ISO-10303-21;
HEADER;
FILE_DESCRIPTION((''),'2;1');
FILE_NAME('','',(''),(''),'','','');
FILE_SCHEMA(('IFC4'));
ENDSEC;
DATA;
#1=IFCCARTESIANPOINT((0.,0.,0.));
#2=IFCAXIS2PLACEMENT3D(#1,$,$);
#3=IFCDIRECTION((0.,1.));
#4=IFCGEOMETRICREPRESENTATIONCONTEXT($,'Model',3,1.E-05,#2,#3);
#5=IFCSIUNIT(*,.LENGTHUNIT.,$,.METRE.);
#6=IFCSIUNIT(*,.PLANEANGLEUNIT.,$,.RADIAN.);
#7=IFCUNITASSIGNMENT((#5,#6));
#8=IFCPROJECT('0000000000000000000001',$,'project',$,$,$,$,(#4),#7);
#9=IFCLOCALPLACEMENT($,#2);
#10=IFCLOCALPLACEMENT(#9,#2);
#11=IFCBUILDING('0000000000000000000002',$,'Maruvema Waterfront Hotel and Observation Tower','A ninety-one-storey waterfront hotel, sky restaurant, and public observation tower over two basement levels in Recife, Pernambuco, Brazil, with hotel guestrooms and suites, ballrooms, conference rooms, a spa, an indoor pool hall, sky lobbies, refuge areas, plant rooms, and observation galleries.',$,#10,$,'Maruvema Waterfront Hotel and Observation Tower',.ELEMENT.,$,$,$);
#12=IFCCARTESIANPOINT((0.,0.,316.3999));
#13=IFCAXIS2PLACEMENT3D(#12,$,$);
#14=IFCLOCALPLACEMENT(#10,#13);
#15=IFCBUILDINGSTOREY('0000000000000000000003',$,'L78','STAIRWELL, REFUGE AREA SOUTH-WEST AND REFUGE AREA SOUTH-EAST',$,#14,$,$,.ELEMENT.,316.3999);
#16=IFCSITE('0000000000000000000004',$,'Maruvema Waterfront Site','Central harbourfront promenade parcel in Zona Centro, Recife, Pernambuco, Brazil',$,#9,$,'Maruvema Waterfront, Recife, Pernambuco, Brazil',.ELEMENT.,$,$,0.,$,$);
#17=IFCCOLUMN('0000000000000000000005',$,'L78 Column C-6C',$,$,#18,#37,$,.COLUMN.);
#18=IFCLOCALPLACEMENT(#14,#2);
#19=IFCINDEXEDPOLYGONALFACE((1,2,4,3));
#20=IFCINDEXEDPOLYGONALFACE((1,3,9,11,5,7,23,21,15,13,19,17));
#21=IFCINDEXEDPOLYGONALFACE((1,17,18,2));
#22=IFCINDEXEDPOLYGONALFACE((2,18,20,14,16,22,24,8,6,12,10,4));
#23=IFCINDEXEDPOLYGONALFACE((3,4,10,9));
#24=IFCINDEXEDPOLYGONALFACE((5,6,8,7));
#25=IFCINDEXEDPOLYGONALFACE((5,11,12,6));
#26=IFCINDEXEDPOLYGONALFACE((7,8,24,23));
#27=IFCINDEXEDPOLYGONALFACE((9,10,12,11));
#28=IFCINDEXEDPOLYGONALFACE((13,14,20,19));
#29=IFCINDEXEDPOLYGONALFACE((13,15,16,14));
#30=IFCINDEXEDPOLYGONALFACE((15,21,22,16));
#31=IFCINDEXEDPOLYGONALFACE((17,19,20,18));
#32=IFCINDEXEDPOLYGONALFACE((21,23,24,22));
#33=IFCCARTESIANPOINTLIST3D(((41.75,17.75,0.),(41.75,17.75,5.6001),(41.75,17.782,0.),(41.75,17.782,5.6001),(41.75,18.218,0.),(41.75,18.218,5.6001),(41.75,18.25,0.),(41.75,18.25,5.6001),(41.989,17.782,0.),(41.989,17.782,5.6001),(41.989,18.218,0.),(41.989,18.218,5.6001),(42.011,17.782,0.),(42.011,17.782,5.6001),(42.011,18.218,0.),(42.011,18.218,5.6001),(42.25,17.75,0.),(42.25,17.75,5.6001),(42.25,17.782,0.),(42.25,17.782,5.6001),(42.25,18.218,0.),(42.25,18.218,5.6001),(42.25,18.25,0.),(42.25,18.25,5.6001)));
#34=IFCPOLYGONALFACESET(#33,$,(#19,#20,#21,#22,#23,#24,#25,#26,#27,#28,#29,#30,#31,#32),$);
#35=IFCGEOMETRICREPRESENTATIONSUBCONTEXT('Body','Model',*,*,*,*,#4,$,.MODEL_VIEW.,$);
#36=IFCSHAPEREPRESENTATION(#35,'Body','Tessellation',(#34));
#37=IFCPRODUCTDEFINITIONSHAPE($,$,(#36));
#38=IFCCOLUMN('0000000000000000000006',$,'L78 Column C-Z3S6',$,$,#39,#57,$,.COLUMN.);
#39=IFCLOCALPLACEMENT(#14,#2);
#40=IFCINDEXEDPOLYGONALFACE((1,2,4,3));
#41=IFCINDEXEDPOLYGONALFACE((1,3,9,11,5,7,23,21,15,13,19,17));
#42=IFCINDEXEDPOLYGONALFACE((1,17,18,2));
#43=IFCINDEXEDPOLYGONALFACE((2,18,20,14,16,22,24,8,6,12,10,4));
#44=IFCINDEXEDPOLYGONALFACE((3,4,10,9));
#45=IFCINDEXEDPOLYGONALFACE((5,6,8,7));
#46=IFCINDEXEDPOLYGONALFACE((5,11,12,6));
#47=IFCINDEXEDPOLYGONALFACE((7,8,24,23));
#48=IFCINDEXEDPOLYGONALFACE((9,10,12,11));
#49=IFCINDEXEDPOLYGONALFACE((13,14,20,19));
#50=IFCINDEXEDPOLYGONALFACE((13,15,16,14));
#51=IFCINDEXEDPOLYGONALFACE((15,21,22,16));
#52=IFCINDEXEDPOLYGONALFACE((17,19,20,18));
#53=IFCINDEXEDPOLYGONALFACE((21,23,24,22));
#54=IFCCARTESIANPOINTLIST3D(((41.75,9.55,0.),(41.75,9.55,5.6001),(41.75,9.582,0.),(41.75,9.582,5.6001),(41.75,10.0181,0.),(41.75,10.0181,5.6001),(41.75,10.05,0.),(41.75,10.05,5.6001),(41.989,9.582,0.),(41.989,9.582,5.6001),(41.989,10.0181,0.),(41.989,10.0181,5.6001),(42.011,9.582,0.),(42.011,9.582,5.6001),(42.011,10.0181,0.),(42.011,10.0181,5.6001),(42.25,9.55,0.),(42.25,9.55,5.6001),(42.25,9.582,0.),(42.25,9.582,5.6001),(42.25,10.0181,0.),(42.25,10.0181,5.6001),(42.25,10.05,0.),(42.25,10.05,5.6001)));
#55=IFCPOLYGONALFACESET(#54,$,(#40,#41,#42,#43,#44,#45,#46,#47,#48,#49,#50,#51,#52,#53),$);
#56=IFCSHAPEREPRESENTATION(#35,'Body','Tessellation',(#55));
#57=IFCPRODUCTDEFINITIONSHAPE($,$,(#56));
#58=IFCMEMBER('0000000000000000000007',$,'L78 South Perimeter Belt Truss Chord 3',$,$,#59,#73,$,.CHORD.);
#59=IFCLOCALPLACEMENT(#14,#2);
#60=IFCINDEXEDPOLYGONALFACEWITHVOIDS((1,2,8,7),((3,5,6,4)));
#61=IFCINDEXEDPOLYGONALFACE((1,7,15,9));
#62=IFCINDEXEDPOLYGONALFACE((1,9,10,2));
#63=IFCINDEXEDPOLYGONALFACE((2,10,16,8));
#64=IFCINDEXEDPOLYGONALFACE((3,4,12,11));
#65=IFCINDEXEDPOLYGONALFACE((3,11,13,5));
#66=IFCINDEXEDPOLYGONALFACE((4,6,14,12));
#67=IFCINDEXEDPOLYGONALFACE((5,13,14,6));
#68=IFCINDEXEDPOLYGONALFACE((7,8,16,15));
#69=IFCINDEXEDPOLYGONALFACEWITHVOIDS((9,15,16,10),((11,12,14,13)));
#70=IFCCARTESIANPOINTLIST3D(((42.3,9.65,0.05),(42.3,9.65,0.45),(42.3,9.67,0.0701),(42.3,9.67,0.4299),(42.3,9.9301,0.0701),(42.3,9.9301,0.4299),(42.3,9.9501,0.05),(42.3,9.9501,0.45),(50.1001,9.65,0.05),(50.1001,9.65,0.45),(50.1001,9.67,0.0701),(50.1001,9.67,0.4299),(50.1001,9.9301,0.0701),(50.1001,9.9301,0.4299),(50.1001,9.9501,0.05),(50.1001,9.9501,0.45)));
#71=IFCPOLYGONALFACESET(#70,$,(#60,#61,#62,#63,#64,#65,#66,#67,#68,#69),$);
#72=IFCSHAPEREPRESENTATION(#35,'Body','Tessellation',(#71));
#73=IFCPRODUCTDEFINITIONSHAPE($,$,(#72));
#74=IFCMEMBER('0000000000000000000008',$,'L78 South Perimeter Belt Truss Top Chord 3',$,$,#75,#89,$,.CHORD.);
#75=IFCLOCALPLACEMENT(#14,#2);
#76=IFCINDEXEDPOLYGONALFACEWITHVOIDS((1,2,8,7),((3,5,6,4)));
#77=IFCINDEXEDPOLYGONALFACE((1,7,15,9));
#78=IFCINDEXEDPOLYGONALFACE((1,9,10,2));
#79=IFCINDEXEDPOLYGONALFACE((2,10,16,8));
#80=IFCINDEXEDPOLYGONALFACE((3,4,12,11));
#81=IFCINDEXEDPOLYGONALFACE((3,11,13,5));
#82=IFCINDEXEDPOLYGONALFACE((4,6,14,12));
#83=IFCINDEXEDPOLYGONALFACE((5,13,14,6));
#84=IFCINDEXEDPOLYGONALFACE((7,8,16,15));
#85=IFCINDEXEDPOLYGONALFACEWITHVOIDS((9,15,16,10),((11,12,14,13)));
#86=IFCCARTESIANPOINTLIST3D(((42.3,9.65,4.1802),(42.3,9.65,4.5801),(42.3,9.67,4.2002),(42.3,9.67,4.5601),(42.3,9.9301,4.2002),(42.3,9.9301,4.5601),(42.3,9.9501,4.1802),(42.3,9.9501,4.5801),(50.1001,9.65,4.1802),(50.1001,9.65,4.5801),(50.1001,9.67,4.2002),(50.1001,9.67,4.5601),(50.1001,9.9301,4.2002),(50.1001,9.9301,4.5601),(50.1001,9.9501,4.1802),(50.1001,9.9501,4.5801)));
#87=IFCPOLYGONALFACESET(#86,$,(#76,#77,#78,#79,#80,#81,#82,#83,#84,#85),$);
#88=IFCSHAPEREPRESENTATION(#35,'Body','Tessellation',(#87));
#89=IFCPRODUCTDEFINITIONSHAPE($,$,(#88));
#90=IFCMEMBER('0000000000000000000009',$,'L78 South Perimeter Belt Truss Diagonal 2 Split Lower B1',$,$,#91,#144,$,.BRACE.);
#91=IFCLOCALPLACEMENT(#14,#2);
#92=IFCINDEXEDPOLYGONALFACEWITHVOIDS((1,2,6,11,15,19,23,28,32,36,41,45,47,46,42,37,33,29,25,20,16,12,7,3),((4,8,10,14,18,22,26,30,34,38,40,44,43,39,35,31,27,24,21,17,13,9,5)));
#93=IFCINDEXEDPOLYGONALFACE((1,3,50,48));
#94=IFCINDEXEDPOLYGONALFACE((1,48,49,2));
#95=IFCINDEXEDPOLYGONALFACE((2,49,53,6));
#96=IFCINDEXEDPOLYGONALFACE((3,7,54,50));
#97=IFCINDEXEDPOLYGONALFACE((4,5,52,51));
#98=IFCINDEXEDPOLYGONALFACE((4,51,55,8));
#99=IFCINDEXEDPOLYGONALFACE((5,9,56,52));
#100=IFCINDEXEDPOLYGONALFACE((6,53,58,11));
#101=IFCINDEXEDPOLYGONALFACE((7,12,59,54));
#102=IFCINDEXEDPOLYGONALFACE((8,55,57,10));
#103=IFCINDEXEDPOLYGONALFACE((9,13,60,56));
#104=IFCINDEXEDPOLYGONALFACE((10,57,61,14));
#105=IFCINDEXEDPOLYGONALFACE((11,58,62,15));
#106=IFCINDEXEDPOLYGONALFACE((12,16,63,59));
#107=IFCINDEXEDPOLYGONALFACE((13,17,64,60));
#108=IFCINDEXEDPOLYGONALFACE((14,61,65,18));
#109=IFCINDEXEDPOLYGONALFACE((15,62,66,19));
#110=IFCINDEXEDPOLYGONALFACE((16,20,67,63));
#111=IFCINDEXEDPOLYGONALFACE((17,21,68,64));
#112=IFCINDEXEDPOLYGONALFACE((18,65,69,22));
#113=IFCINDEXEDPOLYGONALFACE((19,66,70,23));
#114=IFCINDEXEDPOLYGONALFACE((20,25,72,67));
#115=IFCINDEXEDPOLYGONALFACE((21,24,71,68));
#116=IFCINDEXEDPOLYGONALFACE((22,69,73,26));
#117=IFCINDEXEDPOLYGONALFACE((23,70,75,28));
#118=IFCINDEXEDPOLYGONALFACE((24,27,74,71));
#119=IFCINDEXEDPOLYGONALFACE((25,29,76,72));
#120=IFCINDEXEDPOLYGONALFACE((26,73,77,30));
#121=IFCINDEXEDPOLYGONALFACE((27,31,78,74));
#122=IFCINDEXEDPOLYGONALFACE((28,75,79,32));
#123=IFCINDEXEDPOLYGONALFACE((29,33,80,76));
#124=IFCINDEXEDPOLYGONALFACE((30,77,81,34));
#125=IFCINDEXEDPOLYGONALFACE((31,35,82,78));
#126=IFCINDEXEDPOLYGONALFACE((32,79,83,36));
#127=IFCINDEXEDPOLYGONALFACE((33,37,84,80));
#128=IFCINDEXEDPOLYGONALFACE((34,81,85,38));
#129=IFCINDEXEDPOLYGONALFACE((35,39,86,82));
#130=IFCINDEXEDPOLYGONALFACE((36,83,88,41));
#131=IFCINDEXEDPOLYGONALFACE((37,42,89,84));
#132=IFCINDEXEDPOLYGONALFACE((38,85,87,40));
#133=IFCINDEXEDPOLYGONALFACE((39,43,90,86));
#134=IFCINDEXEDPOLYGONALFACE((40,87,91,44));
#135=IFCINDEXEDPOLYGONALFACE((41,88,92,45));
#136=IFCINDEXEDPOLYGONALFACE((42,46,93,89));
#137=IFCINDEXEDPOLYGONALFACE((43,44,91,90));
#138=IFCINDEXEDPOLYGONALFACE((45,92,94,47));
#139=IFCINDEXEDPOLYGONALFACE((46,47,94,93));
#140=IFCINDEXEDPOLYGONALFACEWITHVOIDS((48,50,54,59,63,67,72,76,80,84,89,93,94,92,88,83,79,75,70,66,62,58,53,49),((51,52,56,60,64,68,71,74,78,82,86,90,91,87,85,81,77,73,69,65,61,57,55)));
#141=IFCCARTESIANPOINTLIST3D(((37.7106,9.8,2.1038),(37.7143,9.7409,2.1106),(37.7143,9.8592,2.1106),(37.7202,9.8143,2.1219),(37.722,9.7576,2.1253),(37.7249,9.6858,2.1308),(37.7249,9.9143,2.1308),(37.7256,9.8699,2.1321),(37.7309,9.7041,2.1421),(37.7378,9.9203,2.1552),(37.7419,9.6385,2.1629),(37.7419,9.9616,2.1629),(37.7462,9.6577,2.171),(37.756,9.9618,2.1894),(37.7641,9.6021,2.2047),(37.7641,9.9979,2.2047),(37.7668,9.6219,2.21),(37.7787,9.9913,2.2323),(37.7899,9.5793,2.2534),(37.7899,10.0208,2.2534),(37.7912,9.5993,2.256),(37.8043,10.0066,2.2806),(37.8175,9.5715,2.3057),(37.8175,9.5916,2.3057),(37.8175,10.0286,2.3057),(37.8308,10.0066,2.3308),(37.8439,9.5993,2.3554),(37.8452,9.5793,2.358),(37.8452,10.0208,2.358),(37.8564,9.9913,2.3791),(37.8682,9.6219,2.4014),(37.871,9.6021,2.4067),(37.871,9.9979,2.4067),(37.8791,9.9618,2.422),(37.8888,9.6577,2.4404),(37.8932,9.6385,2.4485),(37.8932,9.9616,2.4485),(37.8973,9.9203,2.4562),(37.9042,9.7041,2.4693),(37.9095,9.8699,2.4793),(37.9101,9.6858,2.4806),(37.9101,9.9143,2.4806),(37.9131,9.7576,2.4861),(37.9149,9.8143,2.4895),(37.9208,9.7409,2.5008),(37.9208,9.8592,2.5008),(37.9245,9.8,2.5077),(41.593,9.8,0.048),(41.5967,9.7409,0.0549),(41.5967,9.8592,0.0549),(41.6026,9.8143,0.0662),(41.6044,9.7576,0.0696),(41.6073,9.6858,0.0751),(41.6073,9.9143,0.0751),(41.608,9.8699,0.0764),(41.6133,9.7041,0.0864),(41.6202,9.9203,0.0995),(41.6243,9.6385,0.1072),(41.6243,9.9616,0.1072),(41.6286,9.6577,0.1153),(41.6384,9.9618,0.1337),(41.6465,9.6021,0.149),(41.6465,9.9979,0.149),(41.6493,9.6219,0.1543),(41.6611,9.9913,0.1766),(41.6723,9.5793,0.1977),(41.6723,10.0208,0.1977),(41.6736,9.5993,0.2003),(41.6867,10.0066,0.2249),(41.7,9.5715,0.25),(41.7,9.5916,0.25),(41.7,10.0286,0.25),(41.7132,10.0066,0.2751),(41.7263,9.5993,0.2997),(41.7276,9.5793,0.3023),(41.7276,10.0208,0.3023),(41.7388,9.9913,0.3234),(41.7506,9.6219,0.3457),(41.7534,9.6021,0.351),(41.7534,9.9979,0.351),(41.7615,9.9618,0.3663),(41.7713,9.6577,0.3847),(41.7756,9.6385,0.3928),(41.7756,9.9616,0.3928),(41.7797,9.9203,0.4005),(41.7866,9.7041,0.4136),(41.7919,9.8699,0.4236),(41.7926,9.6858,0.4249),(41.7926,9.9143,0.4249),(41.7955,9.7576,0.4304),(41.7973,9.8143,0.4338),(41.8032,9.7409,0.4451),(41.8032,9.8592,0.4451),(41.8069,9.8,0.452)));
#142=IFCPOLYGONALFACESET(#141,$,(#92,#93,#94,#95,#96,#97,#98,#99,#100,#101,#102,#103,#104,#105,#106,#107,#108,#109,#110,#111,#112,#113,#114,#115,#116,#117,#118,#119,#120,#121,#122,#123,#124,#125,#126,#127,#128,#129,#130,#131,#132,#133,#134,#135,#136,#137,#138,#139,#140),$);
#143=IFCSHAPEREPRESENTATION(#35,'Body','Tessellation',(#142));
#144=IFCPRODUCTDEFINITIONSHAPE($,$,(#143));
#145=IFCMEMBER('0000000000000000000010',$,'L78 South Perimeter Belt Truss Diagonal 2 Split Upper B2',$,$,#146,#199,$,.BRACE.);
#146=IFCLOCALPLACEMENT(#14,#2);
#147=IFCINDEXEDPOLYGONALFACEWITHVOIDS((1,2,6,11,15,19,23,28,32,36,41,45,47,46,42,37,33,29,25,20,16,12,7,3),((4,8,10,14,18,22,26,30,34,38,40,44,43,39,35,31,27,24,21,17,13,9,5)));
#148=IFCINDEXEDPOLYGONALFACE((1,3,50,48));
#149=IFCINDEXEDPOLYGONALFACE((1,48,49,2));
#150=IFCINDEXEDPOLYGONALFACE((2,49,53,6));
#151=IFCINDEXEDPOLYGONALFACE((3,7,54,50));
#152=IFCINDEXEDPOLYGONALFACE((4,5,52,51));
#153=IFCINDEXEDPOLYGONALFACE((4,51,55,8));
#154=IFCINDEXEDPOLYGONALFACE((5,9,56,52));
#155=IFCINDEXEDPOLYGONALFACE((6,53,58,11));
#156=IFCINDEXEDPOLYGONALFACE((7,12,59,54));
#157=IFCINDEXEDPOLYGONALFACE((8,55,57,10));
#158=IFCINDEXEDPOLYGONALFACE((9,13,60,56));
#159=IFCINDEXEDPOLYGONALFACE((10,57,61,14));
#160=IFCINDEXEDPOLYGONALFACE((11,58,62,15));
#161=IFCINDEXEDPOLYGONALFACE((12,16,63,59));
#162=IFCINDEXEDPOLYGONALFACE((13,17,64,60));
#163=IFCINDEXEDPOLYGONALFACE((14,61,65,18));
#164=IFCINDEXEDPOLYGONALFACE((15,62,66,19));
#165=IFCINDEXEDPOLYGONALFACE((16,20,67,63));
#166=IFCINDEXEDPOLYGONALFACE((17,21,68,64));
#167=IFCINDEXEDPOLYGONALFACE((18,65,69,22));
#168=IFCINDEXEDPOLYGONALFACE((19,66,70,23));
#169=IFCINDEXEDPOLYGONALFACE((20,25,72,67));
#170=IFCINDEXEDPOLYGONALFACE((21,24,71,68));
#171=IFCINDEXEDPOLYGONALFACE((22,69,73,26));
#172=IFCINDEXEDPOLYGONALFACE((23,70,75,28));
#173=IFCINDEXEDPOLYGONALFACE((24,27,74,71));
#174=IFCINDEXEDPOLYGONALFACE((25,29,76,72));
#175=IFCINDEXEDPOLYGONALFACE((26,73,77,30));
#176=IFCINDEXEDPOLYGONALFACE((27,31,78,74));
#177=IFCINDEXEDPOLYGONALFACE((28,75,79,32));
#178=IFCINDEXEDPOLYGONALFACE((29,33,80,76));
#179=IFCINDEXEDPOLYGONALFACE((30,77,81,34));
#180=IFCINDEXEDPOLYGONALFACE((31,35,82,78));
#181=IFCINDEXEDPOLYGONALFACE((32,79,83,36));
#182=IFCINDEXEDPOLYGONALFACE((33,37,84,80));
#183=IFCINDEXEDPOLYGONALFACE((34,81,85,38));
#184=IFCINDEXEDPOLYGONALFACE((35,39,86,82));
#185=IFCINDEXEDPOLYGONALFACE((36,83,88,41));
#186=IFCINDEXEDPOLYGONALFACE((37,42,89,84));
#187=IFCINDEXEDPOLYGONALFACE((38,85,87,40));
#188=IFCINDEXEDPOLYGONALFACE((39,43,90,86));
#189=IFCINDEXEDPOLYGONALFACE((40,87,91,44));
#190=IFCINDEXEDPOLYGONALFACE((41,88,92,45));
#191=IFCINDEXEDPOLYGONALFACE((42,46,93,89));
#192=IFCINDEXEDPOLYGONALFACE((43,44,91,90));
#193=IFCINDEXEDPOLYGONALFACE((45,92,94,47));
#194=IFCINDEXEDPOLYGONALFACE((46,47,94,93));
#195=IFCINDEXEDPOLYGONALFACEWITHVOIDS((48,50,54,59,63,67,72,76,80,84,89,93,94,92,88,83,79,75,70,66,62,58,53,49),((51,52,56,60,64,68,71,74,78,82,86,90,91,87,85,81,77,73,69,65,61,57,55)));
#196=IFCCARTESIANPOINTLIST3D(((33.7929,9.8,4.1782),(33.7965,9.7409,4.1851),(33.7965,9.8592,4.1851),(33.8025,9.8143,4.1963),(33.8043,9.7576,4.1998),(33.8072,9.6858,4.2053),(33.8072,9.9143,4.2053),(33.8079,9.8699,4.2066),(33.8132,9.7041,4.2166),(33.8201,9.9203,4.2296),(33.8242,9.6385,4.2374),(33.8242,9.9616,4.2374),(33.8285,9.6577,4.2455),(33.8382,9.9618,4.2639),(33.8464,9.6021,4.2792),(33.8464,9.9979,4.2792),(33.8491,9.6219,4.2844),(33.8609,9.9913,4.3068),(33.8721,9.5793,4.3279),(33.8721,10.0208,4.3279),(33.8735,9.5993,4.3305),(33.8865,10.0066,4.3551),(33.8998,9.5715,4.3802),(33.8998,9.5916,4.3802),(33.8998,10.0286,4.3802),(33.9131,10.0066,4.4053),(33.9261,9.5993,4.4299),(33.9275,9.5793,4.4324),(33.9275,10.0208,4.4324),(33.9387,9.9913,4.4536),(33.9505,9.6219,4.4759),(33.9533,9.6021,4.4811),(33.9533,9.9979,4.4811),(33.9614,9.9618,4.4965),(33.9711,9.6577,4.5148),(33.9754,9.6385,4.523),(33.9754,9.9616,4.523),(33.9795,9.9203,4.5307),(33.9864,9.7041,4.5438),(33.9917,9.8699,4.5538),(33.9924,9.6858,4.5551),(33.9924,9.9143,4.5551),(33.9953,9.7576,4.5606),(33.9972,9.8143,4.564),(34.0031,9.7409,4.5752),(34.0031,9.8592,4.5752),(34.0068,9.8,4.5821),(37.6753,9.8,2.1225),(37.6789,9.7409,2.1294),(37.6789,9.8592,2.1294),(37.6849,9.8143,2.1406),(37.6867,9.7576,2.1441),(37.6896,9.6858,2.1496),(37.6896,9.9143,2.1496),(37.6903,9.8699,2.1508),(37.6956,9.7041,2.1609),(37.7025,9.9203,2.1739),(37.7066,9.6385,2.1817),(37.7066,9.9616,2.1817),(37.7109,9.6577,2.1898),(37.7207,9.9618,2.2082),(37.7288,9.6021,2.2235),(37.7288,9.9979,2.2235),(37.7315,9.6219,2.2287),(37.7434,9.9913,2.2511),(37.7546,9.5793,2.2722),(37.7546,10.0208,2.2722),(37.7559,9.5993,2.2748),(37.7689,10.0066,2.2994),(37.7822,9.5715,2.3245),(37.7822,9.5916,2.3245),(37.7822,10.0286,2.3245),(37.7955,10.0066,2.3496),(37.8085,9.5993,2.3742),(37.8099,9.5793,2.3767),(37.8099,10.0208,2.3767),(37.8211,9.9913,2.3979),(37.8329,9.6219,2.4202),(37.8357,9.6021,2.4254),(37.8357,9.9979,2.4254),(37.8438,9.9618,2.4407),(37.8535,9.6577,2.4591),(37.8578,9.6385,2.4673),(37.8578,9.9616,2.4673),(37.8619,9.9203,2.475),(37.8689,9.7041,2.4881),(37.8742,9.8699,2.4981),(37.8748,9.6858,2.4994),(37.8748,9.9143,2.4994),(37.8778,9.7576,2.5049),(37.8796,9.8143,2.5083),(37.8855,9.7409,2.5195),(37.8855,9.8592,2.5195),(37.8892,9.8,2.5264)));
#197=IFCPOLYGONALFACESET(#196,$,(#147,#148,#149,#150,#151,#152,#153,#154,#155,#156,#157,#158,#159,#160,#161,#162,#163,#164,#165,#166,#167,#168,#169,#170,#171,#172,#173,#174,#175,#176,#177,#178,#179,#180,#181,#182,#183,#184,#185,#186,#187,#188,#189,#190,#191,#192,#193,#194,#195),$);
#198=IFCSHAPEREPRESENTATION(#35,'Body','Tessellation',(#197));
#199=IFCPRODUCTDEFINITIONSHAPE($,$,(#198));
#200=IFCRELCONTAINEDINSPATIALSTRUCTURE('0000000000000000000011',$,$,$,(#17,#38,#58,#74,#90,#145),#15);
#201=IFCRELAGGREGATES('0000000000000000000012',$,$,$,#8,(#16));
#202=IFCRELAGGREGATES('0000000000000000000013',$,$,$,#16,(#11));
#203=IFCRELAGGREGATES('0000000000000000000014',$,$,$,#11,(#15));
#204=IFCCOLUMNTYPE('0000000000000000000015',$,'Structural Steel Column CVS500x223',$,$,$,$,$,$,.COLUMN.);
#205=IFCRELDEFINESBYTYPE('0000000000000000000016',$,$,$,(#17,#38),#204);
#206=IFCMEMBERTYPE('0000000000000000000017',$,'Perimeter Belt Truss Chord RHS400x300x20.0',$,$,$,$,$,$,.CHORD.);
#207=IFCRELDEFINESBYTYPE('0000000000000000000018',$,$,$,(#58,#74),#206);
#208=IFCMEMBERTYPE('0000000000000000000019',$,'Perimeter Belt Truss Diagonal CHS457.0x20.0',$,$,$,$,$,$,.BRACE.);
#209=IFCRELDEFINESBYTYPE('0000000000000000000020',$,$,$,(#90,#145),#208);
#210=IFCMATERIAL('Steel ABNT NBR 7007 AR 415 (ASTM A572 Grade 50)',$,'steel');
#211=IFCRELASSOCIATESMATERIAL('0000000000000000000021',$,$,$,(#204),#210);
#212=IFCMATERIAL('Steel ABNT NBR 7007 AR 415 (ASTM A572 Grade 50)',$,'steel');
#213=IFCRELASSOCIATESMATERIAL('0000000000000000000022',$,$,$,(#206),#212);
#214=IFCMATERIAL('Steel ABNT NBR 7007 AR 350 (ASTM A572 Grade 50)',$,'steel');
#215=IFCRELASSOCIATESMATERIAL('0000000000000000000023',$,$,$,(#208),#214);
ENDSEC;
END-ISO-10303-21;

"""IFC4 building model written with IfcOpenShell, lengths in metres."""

from ifc_helpers import new_model, si_unit, direction, frame, origin, origin_2d, place, context, subcontext, project, spatial, hollow_rectangle, hollow_circle, i_section, extrude, material, material_profile, profile_set, type_object, element, save


model = new_model("IFC4")

# Units and contexts
model_context = context("Model", 3, precision=1e-05, world=origin(), true_north=direction((0.0, 1.0)))
body_context = subcontext(model_context, "Body", "Model", "MODEL_VIEW")
ifc_project = project(units=[si_unit("LENGTHUNIT", "METRE"), si_unit("PLANEANGLEUNIT", "RADIAN")], contexts=[model_context])

# Site, building, storey
site_placement = place(None, origin())
site = spatial("IfcSite", under=ifc_project, at=site_placement, Name="Maruvema Waterfront Site", Description="Central harbourfront promenade parcel in Zona Centro, Recife, Pernambuco, Brazil", LongName="Maruvema Waterfront, Recife, Pernambuco, Brazil", CompositionType="ELEMENT", RefElevation=0.0)
building_placement = place(site_placement, origin())
building = spatial("IfcBuilding", under=site, at=building_placement, Name="Maruvema Waterfront Hotel and Observation Tower", Description="A ninety-one-storey waterfront hotel, sky restaurant, and public observation tower over two basement levels in Recife, Pernambuco, Brazil, with hotel guestrooms and suites, ballrooms, conference rooms, a spa, an indoor pool hall, sky lobbies, refuge areas, plant rooms, and observation galleries.", LongName="Maruvema Waterfront Hotel and Observation Tower", CompositionType="ELEMENT")
storey_placement = place(building_placement, frame((0.0, 0.0, 316.3999)))
storey = spatial("IfcBuildingStorey", under=building, at=storey_placement, Name="L78", Description="STAIRWELL, REFUGE AREA SOUTH-WEST AND REFUGE AREA SOUTH-EAST", CompositionType="ELEMENT", Elevation=316.3999)

# Columns
ifc_material_1 = material(Name="Steel ABNT NBR 7007 AR 415 (ASTM A572 Grade 50)", Category="steel")
ifc_material_profile_1 = material_profile(ifc_material_1, i_section(OverallWidth=0.5, OverallDepth=0.5, WebThickness=0.022, FlangeThickness=0.032, at=origin_2d()), Name="CVS500x223")
ifc_profile_set_1 = profile_set([ifc_material_profile_1], Name="Steel ABNT NBR 7007 AR 415 (ASTM A572 Grade 50)")
column_type = type_object("IfcColumnType", Name="Structural Steel Column CVS500x223", PredefinedType="COLUMN", material=ifc_profile_set_1)
for number, where, z_axis, x_axis, name in (
    (1, (42.0, 18.0, 0.0), (0.0, 0.0, 1.0), (1.0, 0.0, 0.0), "L78 Column C-6C"),
    (2, (42.0, 9.8, 0.0), (0.0, 0.0, 1.0), (1.0, 0.0, 0.0), "L78 Column C-Z3S6"),
):
    element("IfcColumn", number, at=place(storey_placement, frame(where, z_axis=z_axis, x_axis=x_axis)), inside=storey, type_object=column_type, Name=name, PredefinedType="COLUMN", context=body_context, shape_type="SweptSolid", body=[
        extrude(i_section(OverallWidth=0.5, OverallDepth=0.5, WebThickness=0.022, FlangeThickness=0.032, at=origin_2d()), origin(), (0.0, 0.0, 1.0), 5.6001),
    ])

# Members
ifc_material_2 = material(Name="Steel ABNT NBR 7007 AR 415 (ASTM A572 Grade 50)", Category="steel")
ifc_material_profile_2 = material_profile(ifc_material_2, hollow_rectangle(XDim=0.3, YDim=0.3999, WallThickness=0.02, at=origin_2d()), Name="RHS400x300x20.0")
ifc_profile_set_2 = profile_set([ifc_material_profile_2], Name="Steel ABNT NBR 7007 AR 415 (ASTM A572 Grade 50)")
member_type_1 = type_object("IfcMemberType", Name="Perimeter Belt Truss Chord RHS400x300x20.0", PredefinedType="CHORD", material=ifc_profile_set_2)
for number, where, z_axis, x_axis, name in (
    (3, (42.3, 9.8, 0.25), (1.0, 0.0, 0.0), (0.0, 1.0, 0.0), "L78 South Perimeter Belt Truss Chord 3"),
    (4, (42.3, 9.8, 4.3801), (1.0, 0.0, 0.0), (0.0, 1.0, 0.0), "L78 South Perimeter Belt Truss Top Chord 3"),
):
    element("IfcMember", number, at=place(storey_placement, frame(where, z_axis=z_axis, x_axis=x_axis)), inside=storey, type_object=member_type_1, Name=name, PredefinedType="CHORD", context=body_context, shape_type="SweptSolid", body=[
        extrude(hollow_rectangle(XDim=0.3, YDim=0.3999, WallThickness=0.02, at=origin_2d()), origin(), (0.0, 0.0, 1.0), 7.8),
    ])
ifc_material_3 = material(Name="Steel ABNT NBR 7007 AR 350 (ASTM A572 Grade 50)", Category="steel")
ifc_material_profile_3 = material_profile(ifc_material_3, hollow_circle(Radius=0.2285, WallThickness=0.02, at=origin_2d()), Name="CHS457.0x20.0")
ifc_profile_set_3 = profile_set([ifc_material_profile_3], Name="Steel ABNT NBR 7007 AR 350 (ASTM A572 Grade 50)")
member_type_2 = type_object("IfcMemberType", Name="Perimeter Belt Truss Diagonal CHS457.0x20.0", PredefinedType="BRACE", material=ifc_profile_set_3)
for number, where, z_axis, x_axis, name in (
    (5, (41.7, 9.8, 0.25), (-0.883758, 0.0, 0.467944), (0.0, -1.0, 0.0), "L78 South Perimeter Belt Truss Diagonal 2 Split Lower B1"),
    (6, (37.7822, 9.8, 2.3245), (-0.883758, 0.0, 0.467944), (0.0, -1.0, 0.0), "L78 South Perimeter Belt Truss Diagonal 2 Split Upper B2"),
):
    element("IfcMember", number, at=place(storey_placement, frame(where, z_axis=z_axis, x_axis=x_axis)), inside=storey, type_object=member_type_2, Name=name, PredefinedType="BRACE", context=body_context, shape_type="SweptSolid", body=[
        extrude(hollow_circle(Radius=0.2285, WallThickness=0.02, at=origin_2d()), origin(), (0.0, 0.0, 1.0), 4.3931),
    ])

save(model, "model.ifc")
